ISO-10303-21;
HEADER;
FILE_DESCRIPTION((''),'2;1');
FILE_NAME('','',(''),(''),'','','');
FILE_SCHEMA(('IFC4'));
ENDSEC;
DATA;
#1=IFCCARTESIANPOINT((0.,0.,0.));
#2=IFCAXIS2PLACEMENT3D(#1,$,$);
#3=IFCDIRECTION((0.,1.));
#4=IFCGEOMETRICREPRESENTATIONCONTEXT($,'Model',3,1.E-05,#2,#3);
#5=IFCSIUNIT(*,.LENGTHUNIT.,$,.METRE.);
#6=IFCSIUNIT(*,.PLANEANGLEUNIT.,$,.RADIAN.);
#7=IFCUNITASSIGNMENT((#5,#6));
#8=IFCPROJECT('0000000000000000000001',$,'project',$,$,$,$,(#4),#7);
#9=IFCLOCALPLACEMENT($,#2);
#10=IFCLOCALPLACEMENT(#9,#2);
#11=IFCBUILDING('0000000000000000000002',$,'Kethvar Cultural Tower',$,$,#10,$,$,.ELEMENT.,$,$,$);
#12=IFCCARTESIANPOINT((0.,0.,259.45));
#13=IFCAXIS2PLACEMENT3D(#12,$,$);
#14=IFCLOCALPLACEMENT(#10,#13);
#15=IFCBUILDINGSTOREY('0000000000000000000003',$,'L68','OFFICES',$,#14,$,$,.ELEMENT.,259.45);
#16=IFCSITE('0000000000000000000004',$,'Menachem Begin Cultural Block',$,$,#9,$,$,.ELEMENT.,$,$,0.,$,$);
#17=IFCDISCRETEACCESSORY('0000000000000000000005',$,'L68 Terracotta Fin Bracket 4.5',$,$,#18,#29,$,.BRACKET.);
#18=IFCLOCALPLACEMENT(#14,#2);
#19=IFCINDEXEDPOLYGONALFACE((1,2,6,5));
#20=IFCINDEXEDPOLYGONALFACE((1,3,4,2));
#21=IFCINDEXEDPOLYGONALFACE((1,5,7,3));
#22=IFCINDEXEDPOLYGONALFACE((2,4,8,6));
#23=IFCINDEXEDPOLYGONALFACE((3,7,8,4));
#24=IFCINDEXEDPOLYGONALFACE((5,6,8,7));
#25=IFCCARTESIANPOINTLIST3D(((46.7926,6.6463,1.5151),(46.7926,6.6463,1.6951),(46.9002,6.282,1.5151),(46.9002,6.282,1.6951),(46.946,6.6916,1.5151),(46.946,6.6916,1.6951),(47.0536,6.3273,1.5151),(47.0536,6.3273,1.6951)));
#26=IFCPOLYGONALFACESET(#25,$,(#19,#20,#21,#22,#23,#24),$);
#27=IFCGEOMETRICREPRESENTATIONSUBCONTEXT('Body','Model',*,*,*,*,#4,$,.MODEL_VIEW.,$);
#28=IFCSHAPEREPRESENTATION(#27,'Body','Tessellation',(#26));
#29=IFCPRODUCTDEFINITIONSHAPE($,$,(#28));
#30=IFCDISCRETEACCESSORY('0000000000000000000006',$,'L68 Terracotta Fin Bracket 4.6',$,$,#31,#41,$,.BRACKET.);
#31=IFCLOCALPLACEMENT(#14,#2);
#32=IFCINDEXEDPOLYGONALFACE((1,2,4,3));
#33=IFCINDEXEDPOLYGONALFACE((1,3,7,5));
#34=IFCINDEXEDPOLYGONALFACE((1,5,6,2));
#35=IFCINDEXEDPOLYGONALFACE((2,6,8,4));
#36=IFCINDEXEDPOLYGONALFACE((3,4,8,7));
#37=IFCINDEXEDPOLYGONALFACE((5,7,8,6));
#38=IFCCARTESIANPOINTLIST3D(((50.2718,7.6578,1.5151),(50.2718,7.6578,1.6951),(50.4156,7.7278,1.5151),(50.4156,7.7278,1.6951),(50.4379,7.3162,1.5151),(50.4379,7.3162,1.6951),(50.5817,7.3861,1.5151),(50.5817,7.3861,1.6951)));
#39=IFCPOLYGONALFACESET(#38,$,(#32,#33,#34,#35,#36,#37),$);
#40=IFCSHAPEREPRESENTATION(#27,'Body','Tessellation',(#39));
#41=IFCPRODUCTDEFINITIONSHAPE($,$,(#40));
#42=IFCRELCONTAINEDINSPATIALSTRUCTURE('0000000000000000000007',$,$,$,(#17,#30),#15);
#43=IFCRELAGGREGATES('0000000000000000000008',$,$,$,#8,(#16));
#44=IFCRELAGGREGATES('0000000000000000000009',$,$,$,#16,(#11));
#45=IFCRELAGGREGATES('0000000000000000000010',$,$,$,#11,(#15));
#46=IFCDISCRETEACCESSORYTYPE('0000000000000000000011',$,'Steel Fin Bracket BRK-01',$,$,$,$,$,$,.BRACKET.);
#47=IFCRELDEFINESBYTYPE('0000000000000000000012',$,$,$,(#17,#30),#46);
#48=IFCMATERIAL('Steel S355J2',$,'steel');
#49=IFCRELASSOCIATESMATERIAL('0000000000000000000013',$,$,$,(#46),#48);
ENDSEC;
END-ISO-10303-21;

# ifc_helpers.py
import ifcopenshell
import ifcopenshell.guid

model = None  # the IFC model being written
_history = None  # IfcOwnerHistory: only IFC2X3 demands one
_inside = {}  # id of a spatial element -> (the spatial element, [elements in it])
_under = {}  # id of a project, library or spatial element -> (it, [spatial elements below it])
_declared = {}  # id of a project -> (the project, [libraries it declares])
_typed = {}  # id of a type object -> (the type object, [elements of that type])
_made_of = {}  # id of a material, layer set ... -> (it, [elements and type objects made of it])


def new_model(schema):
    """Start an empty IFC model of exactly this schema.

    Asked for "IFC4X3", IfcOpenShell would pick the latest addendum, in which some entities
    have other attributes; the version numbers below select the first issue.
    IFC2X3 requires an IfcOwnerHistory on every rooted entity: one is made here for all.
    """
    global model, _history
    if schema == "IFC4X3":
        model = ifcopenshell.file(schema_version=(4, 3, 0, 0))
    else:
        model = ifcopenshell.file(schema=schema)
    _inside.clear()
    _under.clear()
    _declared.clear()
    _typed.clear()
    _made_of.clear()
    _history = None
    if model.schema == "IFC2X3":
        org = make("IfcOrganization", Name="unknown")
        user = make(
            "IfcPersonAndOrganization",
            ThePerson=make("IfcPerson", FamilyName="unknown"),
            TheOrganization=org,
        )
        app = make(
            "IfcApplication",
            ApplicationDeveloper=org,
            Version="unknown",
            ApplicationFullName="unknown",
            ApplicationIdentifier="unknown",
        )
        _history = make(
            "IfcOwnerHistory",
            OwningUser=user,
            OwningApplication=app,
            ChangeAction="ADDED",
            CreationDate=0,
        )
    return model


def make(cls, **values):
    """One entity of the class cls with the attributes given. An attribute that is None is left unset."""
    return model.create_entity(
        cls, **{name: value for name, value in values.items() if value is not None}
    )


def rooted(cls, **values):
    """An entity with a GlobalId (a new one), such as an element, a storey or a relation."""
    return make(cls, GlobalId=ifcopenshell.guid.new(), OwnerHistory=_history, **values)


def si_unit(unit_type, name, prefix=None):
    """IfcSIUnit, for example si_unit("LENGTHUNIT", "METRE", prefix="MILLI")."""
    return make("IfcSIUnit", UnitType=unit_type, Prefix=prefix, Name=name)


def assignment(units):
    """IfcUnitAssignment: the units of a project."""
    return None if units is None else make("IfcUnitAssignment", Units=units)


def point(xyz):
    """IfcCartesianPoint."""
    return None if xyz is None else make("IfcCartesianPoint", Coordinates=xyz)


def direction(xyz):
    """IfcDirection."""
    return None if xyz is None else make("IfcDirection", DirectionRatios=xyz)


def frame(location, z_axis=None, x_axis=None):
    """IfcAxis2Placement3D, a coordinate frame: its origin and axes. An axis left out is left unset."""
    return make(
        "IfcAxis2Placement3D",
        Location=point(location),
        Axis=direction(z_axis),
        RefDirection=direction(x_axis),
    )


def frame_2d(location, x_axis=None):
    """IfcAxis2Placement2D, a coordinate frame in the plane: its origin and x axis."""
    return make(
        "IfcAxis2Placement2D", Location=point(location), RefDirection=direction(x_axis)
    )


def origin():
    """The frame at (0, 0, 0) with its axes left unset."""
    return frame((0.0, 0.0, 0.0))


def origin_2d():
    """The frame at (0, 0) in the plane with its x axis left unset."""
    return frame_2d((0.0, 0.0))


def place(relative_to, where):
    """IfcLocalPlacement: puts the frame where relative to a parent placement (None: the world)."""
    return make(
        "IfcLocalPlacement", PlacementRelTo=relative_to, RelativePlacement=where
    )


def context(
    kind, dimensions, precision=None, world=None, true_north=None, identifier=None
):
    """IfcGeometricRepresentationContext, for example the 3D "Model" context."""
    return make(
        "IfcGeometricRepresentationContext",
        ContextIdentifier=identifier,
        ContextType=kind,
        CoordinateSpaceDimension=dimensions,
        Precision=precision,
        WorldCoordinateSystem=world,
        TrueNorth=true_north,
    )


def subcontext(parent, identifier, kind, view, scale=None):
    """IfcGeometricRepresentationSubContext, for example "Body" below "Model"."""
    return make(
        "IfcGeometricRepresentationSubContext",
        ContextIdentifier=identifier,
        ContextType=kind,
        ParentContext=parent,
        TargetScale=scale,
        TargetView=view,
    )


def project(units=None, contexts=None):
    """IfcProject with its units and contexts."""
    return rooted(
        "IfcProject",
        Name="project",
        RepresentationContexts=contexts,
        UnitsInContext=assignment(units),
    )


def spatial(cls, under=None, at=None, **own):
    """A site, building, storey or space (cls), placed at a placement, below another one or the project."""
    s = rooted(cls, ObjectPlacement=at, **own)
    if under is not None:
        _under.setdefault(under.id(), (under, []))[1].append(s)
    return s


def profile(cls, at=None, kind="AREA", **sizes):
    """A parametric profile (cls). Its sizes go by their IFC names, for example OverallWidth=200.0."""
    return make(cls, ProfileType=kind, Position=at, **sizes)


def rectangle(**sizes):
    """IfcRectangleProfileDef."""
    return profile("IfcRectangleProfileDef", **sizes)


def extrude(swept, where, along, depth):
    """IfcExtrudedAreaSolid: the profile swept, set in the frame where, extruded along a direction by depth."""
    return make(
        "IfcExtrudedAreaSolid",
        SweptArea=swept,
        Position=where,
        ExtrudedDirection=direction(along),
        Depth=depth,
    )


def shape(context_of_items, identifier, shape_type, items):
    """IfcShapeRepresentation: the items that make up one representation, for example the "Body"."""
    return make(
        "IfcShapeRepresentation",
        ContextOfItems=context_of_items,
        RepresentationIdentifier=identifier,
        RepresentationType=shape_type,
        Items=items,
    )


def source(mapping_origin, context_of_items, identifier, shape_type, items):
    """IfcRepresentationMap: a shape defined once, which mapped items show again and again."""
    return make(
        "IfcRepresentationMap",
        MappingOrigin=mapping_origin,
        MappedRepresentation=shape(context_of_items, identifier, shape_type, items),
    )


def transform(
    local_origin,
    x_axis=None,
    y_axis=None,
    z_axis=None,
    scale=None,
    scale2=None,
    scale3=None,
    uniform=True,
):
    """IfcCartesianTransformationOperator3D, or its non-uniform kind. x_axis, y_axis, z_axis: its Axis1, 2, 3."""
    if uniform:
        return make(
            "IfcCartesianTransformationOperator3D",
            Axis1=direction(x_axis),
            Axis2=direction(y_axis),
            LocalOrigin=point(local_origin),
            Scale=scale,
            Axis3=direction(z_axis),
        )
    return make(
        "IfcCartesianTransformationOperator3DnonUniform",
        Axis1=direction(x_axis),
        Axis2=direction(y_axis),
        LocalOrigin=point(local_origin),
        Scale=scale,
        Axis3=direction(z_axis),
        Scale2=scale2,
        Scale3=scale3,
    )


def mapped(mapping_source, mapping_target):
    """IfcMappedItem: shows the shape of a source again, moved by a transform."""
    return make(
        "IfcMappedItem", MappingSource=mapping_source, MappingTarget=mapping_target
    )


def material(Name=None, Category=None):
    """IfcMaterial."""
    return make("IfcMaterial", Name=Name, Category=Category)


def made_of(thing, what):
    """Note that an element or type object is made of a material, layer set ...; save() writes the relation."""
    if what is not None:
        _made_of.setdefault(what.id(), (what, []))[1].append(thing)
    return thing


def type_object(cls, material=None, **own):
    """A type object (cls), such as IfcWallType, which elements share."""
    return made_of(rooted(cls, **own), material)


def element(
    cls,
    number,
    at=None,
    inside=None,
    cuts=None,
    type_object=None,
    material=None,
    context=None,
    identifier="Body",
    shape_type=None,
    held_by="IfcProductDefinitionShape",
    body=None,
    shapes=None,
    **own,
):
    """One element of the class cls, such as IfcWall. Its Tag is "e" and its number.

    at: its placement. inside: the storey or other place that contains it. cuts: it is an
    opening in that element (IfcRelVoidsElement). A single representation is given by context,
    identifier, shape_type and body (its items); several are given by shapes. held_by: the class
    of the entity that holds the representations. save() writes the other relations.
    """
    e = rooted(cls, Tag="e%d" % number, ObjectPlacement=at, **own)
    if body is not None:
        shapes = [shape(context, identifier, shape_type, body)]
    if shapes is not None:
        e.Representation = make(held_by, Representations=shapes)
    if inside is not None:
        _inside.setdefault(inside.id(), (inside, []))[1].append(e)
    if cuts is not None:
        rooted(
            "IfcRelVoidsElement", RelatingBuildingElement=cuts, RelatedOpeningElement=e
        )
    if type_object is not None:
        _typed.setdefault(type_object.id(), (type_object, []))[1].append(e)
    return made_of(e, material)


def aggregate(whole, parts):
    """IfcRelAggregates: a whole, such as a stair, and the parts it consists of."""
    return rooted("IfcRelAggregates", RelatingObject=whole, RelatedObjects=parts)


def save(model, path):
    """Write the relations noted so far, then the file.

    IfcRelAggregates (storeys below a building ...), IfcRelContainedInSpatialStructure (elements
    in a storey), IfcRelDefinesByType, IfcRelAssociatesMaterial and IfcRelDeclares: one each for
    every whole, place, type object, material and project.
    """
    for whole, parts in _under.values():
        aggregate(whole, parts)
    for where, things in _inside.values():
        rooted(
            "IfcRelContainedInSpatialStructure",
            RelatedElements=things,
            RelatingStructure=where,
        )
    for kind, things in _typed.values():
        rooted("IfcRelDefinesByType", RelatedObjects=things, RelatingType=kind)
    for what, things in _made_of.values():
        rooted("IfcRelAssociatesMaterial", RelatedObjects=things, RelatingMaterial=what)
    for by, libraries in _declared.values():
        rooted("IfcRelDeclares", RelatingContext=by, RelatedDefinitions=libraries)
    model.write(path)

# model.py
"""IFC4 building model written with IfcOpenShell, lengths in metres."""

from ifc_helpers import new_model, si_unit, direction, frame, origin, origin_2d, place, context, subcontext, project, spatial, rectangle, extrude, source, transform, mapped, material, type_object, element, save


model = new_model("IFC4")

# Units and contexts
model_context = context("Model", 3, precision=1e-05, world=origin(), true_north=direction((0.0, 1.0)))
body_context = subcontext(model_context, "Body", "Model", "MODEL_VIEW")
ifc_project = project(units=[si_unit("LENGTHUNIT", "METRE"), si_unit("PLANEANGLEUNIT", "RADIAN")], contexts=[model_context])

# Site, building, storey
site_placement = place(None, origin())
site = spatial("IfcSite", under=ifc_project, at=site_placement, Name="Menachem Begin Cultural Block", CompositionType="ELEMENT", RefElevation=0.0)
building_placement = place(site_placement, origin())
building = spatial("IfcBuilding", under=site, at=building_placement, Name="Kethvar Cultural Tower", CompositionType="ELEMENT")
storey_placement = place(building_placement, frame((0.0, 0.0, 259.45)))
storey = spatial("IfcBuildingStorey", under=building, at=storey_placement, Name="L68", Description="OFFICES", CompositionType="ELEMENT", Elevation=259.45)

# Shared definitions
ifc_material_1 = material(Name="Steel S355J2", Category="steel")

# Discrete accessories
discrete_accessory_type = type_object("IfcDiscreteAccessoryType", Name="Steel Fin Bracket BRK-01", PredefinedType="BRACKET", material=ifc_material_1)
shared_shape_1 = source(origin(), body_context, "Body", "SweptSolid", [
    extrude(rectangle(XDim=0.3799, YDim=0.1599, at=origin_2d()), origin(), (0.0, 0.0, 1.0), 0.1799),
])
for number, where, z_axis, x_axis, name in (
    (1, (46.9231, 6.4868, 1.5151), (0.0, 0.0, 1.0), (0.283346, -0.959018, 0.0), "L68 Terracotta Fin Bracket 4.5"),
    (2, (50.4268, 7.522, 1.5151), (0.0, 0.0, 1.0), (0.43743, -0.899253, 0.0), "L68 Terracotta Fin Bracket 4.6"),
):
    element("IfcDiscreteAccessory", number, at=place(storey_placement, frame(where, z_axis=z_axis, x_axis=x_axis)), inside=storey, type_object=discrete_accessory_type, Name=name, PredefinedType="BRACKET", context=body_context, shape_type="MappedRepresentation", body=[
        mapped(shared_shape_1, transform((0.0, 0.0, 0.0), scale=1.0)),
    ])

save(model, "model.ifc")
